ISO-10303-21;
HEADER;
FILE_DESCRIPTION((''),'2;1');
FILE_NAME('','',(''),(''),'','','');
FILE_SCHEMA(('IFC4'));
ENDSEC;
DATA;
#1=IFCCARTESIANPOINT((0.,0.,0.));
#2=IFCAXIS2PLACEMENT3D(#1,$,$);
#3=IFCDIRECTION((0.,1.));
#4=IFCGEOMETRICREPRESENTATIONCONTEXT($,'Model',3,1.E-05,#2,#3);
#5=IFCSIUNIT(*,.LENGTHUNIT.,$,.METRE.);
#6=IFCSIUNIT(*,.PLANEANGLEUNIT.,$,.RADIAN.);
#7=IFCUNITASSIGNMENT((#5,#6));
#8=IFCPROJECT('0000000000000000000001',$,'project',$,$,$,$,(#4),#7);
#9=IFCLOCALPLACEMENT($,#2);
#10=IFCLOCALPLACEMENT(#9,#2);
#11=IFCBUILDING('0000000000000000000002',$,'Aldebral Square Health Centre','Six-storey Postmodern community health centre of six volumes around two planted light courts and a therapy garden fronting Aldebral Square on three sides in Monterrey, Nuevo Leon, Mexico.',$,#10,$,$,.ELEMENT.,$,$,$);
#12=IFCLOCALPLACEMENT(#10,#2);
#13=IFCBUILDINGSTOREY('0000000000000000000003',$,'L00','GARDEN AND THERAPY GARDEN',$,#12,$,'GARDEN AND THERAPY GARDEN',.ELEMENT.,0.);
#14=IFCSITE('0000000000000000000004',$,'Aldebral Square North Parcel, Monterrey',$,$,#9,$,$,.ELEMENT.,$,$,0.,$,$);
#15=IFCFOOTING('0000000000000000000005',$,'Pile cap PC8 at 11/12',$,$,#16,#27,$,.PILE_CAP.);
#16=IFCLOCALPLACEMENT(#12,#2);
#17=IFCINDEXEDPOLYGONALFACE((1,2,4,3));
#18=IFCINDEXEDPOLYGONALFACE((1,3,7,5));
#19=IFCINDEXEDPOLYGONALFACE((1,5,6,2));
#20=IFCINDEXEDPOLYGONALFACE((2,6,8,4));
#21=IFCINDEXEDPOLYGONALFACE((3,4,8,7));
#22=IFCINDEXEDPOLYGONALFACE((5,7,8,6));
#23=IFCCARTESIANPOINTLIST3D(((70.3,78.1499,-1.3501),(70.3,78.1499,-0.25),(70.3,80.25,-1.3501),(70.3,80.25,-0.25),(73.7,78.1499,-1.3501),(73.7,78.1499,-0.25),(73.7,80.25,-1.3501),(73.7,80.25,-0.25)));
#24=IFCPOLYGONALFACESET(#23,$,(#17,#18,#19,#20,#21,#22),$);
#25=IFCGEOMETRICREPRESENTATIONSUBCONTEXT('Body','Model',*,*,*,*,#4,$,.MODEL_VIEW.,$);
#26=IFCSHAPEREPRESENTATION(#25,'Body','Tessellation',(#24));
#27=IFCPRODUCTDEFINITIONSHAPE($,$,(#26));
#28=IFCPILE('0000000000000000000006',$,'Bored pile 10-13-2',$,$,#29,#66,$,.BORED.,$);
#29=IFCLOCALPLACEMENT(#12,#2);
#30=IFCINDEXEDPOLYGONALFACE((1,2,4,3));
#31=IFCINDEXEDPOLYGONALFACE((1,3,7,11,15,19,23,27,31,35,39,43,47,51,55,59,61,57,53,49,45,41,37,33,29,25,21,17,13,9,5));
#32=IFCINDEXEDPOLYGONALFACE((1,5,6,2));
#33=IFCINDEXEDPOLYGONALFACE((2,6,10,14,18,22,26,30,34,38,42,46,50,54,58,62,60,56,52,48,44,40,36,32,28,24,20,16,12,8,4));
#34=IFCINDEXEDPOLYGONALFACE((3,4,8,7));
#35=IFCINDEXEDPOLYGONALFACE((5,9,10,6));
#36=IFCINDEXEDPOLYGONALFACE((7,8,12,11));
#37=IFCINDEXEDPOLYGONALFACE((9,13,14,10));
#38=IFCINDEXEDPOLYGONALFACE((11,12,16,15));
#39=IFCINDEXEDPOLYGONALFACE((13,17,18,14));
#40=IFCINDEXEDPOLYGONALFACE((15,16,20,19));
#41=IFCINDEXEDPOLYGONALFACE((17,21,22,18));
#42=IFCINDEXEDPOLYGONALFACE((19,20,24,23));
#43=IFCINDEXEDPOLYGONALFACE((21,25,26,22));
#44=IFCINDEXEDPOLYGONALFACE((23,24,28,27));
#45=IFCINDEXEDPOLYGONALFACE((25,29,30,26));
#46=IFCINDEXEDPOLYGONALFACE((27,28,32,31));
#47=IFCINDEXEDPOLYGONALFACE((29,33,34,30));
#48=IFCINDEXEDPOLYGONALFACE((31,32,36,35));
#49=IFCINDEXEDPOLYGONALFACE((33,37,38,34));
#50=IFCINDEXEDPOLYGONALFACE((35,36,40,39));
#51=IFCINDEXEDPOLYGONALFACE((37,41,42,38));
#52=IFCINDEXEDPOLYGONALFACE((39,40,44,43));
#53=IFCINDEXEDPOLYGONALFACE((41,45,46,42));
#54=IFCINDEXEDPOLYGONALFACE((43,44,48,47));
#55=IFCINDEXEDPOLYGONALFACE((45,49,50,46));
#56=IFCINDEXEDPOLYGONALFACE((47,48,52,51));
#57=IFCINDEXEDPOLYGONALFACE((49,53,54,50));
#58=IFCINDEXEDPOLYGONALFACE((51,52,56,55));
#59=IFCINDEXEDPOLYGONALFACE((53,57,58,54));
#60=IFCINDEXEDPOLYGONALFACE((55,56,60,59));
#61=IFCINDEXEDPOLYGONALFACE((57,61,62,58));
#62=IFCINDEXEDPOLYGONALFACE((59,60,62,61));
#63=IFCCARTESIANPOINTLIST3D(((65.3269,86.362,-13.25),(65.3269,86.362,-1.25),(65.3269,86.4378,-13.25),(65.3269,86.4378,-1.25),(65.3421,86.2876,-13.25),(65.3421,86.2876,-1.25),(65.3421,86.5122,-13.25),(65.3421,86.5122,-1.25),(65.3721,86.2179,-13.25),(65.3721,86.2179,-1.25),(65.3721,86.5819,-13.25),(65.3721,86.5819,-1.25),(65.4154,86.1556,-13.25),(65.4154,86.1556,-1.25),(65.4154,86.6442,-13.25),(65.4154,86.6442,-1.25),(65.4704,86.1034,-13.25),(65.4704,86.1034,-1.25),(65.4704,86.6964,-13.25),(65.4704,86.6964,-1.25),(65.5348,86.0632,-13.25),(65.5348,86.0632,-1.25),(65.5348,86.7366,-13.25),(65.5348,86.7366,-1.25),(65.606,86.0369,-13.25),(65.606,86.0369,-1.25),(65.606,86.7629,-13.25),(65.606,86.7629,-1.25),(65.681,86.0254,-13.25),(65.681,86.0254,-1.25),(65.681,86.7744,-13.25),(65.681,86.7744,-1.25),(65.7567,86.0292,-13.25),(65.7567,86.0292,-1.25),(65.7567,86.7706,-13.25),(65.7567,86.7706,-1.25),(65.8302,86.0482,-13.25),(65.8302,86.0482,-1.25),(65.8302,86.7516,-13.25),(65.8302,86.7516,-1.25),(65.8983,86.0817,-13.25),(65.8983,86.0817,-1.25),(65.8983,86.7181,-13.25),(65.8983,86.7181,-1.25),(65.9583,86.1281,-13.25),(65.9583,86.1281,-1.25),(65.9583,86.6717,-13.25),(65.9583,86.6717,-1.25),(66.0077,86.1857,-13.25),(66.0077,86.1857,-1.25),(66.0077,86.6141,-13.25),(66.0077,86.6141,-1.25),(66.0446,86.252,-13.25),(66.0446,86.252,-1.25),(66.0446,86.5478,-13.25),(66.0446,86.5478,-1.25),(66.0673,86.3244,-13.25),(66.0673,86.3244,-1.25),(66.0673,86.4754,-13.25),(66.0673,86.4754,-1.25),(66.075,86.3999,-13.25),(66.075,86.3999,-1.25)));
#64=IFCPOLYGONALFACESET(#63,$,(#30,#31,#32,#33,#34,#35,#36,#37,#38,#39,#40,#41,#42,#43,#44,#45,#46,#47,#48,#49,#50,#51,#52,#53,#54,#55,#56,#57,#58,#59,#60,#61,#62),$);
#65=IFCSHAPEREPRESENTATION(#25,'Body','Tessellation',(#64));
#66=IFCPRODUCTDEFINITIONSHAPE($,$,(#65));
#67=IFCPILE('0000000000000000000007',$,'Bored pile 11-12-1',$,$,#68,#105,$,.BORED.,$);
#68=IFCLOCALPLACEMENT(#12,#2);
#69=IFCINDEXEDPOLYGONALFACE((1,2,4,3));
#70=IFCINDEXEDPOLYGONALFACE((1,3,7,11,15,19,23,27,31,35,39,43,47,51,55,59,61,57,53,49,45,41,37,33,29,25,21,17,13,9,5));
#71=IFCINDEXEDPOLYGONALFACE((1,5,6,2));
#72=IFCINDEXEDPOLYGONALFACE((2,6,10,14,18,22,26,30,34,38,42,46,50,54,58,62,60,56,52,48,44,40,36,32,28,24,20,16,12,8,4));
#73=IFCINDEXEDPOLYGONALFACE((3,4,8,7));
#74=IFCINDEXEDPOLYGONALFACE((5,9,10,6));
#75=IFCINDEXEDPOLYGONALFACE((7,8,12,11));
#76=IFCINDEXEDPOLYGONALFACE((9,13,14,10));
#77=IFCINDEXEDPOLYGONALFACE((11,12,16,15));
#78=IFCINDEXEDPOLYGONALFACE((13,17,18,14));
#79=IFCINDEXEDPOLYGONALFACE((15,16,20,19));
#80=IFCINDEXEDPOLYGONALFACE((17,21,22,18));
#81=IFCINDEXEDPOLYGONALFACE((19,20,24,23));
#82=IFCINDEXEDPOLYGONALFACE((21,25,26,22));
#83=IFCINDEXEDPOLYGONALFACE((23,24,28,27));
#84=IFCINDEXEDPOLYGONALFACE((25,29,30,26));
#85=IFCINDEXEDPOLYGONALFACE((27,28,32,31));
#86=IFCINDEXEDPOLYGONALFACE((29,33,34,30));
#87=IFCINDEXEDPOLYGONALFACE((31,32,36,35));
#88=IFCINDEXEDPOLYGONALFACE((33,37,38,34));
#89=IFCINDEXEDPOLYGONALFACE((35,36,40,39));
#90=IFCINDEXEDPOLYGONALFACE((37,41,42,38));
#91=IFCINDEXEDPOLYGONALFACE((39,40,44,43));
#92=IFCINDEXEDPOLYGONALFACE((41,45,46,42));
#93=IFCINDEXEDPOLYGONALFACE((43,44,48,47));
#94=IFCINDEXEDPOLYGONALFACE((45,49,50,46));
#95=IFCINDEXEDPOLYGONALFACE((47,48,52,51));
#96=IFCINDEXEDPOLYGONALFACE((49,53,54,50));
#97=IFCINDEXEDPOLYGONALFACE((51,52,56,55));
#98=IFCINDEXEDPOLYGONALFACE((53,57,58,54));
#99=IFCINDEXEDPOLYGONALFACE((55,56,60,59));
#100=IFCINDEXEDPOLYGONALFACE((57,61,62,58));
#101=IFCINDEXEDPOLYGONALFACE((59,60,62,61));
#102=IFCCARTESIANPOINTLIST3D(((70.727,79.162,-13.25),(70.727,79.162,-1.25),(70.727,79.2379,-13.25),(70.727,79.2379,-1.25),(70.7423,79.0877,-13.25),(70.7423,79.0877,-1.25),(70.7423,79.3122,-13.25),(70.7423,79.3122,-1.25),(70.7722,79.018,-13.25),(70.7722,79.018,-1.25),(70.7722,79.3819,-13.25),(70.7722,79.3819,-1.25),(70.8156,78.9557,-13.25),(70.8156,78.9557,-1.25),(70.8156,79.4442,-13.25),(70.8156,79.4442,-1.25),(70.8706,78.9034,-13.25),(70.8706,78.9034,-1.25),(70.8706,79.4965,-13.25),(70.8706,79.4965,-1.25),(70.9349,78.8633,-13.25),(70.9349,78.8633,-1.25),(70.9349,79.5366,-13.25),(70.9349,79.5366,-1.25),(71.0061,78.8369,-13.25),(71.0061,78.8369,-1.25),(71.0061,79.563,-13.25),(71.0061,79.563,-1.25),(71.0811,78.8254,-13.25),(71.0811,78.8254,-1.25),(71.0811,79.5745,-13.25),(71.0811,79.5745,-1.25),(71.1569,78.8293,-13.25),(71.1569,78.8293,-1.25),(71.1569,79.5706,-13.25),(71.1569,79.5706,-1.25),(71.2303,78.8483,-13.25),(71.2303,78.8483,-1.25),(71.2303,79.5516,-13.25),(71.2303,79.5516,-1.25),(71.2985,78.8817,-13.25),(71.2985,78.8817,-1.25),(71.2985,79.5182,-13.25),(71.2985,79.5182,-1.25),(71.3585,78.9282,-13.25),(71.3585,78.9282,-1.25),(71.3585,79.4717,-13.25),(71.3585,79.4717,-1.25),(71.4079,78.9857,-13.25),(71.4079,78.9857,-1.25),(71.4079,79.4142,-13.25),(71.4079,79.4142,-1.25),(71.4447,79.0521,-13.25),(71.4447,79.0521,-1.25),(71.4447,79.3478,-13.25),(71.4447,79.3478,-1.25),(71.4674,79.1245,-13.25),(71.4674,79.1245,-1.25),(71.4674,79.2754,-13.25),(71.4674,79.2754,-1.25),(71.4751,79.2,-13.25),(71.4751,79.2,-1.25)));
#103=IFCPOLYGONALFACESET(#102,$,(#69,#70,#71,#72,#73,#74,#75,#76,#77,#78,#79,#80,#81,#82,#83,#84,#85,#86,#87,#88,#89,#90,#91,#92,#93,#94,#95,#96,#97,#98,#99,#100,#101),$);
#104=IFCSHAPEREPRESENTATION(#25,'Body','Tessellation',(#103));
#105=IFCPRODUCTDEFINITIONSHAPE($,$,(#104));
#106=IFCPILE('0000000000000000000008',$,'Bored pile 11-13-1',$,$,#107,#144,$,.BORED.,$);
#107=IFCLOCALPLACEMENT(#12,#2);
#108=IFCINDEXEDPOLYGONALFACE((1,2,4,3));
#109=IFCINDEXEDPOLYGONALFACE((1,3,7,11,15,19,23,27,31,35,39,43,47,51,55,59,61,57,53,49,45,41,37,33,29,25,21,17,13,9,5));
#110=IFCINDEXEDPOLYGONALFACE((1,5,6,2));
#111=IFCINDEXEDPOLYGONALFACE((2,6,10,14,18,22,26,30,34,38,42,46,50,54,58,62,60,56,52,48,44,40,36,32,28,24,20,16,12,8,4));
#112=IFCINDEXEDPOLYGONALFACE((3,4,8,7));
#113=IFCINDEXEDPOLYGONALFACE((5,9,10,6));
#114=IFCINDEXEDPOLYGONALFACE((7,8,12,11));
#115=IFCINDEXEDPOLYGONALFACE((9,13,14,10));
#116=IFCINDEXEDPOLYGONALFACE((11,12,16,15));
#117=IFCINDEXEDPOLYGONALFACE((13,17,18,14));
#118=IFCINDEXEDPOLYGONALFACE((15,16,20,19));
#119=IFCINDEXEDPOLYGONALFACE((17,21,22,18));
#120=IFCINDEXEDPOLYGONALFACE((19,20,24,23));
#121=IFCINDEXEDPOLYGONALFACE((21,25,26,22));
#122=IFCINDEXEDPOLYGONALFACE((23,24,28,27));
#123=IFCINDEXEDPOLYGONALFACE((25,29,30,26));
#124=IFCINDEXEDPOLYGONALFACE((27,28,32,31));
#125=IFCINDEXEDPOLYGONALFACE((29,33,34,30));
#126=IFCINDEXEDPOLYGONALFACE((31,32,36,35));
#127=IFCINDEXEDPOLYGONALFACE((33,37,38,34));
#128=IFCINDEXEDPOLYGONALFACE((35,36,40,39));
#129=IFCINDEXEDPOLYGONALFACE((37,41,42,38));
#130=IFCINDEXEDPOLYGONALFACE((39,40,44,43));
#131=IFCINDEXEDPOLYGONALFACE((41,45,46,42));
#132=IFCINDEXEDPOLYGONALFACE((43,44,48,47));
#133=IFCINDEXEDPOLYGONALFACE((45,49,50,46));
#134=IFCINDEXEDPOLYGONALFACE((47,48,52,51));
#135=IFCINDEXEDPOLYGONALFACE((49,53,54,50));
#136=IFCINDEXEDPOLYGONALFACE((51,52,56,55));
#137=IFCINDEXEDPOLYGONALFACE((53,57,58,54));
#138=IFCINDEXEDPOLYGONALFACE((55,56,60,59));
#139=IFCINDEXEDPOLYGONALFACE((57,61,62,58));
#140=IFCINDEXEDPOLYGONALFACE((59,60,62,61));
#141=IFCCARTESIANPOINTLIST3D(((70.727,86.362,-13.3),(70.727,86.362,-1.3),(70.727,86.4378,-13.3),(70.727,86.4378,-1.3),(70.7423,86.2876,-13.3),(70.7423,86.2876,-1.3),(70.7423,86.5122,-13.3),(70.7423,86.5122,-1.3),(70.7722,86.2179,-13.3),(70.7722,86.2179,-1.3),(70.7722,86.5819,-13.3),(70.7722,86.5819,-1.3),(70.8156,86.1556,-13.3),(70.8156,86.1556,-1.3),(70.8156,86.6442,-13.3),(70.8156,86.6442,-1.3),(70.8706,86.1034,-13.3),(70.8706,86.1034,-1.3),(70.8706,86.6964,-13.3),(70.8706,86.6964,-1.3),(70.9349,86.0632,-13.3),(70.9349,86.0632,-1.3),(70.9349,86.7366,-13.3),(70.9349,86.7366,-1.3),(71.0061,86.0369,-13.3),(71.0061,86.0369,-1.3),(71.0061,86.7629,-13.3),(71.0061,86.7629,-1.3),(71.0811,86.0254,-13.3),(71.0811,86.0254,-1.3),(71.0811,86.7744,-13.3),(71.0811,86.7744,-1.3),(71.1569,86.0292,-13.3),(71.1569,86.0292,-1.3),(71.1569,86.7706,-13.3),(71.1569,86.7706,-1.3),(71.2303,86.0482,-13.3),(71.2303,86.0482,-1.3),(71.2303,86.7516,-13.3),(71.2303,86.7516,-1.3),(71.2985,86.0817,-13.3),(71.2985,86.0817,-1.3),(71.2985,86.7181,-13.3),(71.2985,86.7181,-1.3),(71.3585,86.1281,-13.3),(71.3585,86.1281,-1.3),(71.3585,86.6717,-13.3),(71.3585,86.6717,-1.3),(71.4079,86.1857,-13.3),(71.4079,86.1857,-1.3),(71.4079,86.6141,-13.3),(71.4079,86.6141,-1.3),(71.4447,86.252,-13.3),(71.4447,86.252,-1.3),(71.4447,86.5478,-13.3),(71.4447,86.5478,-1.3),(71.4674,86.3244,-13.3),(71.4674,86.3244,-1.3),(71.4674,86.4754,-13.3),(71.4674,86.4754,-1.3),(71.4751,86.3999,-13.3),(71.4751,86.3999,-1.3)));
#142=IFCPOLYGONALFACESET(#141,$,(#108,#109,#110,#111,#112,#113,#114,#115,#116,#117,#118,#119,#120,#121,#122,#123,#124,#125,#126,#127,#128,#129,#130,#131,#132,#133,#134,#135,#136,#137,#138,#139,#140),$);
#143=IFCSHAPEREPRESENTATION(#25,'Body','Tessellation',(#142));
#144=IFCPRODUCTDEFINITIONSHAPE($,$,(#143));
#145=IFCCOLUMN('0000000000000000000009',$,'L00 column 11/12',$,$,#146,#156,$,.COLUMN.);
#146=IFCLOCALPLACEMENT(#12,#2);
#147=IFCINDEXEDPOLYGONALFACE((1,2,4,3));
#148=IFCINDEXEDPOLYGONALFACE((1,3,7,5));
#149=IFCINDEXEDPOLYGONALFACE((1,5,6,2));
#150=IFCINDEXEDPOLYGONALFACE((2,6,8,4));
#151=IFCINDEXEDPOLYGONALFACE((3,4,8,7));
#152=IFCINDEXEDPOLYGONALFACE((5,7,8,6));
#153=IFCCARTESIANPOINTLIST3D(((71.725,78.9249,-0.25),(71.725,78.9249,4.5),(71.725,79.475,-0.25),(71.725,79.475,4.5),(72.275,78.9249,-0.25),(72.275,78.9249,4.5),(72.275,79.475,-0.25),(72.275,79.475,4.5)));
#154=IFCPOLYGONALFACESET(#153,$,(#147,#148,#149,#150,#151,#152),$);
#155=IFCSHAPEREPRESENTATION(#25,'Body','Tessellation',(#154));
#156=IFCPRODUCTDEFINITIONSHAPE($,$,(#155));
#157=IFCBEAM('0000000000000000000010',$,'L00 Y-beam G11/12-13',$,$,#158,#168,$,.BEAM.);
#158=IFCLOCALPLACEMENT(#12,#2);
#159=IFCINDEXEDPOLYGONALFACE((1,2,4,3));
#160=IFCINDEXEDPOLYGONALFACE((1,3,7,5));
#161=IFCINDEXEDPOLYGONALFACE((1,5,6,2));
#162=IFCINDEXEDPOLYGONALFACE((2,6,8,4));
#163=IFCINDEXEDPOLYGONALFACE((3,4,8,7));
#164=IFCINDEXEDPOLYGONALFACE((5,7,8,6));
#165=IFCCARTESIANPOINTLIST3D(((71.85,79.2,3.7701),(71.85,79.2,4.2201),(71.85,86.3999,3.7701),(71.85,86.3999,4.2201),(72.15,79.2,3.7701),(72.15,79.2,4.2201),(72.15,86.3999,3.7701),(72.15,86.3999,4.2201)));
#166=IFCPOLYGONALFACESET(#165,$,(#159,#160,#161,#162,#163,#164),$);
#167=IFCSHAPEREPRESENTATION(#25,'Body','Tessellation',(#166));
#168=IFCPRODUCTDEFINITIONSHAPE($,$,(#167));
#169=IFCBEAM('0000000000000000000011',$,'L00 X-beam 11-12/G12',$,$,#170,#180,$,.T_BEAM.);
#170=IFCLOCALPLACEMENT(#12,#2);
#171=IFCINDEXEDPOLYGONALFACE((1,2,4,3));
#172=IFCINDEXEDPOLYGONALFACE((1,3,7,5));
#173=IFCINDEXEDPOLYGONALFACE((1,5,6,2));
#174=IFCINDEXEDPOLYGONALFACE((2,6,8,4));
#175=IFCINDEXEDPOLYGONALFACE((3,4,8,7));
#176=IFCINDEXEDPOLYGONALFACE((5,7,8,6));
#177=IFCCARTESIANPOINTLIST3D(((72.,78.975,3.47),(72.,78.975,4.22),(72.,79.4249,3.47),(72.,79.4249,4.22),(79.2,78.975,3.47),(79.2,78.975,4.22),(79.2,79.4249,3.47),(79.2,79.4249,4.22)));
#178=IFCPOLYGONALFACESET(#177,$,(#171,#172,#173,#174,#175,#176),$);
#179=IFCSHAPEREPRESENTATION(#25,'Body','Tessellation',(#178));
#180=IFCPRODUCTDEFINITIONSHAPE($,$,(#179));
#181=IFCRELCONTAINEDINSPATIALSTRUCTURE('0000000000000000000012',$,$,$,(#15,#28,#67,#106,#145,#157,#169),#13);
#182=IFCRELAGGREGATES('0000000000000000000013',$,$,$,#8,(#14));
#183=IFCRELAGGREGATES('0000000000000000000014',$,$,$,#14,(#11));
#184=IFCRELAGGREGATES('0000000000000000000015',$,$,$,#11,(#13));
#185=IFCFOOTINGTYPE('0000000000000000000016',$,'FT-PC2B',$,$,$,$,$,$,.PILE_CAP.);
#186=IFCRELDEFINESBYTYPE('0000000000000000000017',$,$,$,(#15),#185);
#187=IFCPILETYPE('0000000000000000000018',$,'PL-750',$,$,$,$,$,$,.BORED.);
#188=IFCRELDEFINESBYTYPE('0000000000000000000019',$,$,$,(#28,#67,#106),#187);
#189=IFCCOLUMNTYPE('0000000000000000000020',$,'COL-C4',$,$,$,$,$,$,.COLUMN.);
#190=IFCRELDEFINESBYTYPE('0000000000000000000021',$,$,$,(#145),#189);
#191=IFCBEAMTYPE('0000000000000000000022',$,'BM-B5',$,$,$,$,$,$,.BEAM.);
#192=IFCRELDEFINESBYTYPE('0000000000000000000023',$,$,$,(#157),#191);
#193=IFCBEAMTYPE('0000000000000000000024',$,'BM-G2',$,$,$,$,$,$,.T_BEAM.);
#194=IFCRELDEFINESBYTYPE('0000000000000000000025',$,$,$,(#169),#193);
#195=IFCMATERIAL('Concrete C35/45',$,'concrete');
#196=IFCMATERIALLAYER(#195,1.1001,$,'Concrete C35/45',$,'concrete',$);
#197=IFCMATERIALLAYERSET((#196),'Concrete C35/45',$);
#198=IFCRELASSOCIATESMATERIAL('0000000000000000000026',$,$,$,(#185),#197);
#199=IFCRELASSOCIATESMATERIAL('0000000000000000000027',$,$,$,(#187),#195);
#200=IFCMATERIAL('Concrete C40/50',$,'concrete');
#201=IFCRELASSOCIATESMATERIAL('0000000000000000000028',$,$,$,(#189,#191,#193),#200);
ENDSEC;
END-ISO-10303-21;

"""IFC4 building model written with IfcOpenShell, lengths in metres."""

from ifc_helpers import new_model, si_unit, direction, frame, origin, origin_2d, place, context, subcontext, project, spatial, rectangle, circle, extrude, material, layer, layer_set, material_profile, profile_set, type_object, element, save


model = new_model("IFC4")

# Units and contexts
model_context = context("Model", 3, precision=1e-05, world=origin(), true_north=direction((0.0, 1.0)))
body_context = subcontext(model_context, "Body", "Model", "MODEL_VIEW")
ifc_project = project(units=[si_unit("LENGTHUNIT", "METRE"), si_unit("PLANEANGLEUNIT", "RADIAN")], contexts=[model_context])

# Site, building, storey
site_placement = place(None, origin())
site = spatial("IfcSite", under=ifc_project, at=site_placement, Name="Aldebral Square North Parcel, Monterrey", CompositionType="ELEMENT", RefElevation=0.0)
building_placement = place(site_placement, origin())
building = spatial("IfcBuilding", under=site, at=building_placement, Name="Aldebral Square Health Centre", Description="Six-storey Postmodern community health centre of six volumes around two planted light courts and a therapy garden fronting Aldebral Square on three sides in Monterrey, Nuevo Leon, Mexico.", CompositionType="ELEMENT")
storey_placement = place(building_placement, origin())
storey = spatial("IfcBuildingStorey", under=building, at=storey_placement, Name="L00", Description="GARDEN AND THERAPY GARDEN", LongName="GARDEN AND THERAPY GARDEN", CompositionType="ELEMENT", Elevation=0.0)

# Footing
ifc_material_1 = material(Name="Concrete C35/45", Category="concrete")
ifc_layer_1 = layer(ifc_material_1, 1.1001, Name="Concrete C35/45", Category="concrete")
ifc_layer_set_1 = layer_set([ifc_layer_1], Name="Concrete C35/45")
footing_type = type_object("IfcFootingType", Name="FT-PC2B", PredefinedType="PILE_CAP", material=ifc_layer_set_1)
footing_placement = place(storey_placement, frame((72.0, 79.2, -1.3501), z_axis=(0.0, 0.0, 1.0), x_axis=(1.0, 0.0, 0.0)))
element("IfcFooting", 1, at=footing_placement, inside=storey, type_object=footing_type, Name="Pile cap PC8 at 11/12", PredefinedType="PILE_CAP", context=body_context, shape_type="SweptSolid", body=[
    extrude(rectangle(XDim=3.3999, YDim=2.1001, at=origin_2d()), origin(), (0.0, 0.0, 1.0), 1.1001),
])

# Piles
ifc_material_profile_1 = material_profile(ifc_material_1, circle(Radius=0.375, at=origin_2d()), Name="PILE D750")
ifc_profile_set_1 = profile_set([ifc_material_profile_1], Name="Concrete C35/45")
pile_type = type_object("IfcPileType", Name="PL-750", PredefinedType="BORED", material=ifc_profile_set_1)
for number, where, z_axis, x_axis, name in (
    (2, (65.7, 86.3999, -1.25), (0.0, 0.0, -1.0), (1.0, 0.0, 0.0), "Bored pile 10-13-2"),
    (3, (71.1001, 79.2, -1.25), (0.0, 0.0, -1.0), (1.0, 0.0, 0.0), "Bored pile 11-12-1"),
    (4, (71.1001, 86.3999, -1.3), (0.0, 0.0, -1.0), (1.0, 0.0, 0.0), "Bored pile 11-13-1"),
):
    element("IfcPile", number, at=place(storey_placement, frame(where, z_axis=z_axis, x_axis=x_axis)), inside=storey, type_object=pile_type, Name=name, PredefinedType="BORED", context=body_context, shape_type="SweptSolid", body=[
        extrude(circle(Radius=0.375, at=origin_2d()), origin(), (0.0, 0.0, 1.0), 12.0),
    ])

# Column
ifc_material_2 = material(Name="Concrete C40/50", Category="concrete")
ifc_material_profile_2 = material_profile(ifc_material_2, rectangle(XDim=0.55, YDim=0.55, at=origin_2d()), Name="RC 550x550")
ifc_profile_set_2 = profile_set([ifc_material_profile_2], Name="Concrete C40/50")
column_type = type_object("IfcColumnType", Name="COL-C4", PredefinedType="COLUMN", material=ifc_profile_set_2)
column_placement = place(storey_placement, frame((72.0, 79.2, -0.25), z_axis=(0.0, 0.0, 1.0), x_axis=(1.0, 0.0, 0.0)))
element("IfcColumn", 5, at=column_placement, inside=storey, type_object=column_type, Name="L00 column 11/12", PredefinedType="COLUMN", context=body_context, shape_type="SweptSolid", body=[
    extrude(rectangle(XDim=0.55, YDim=0.55, at=origin_2d()), origin(), (0.0, 0.0, 1.0), 4.75),
])

# Beams
ifc_material_profile_3 = material_profile(ifc_material_2, rectangle(XDim=0.3, YDim=0.45, at=origin_2d()), Name="RC 300x450")
ifc_profile_set_3 = profile_set([ifc_material_profile_3], Name="Concrete C40/50")
beam_type_1 = type_object("IfcBeamType", Name="BM-B5", PredefinedType="BEAM", material=ifc_profile_set_3)
beam_1_placement = place(storey_placement, frame((72.0, 79.2, 3.9951), z_axis=(0.0, 1.0, 0.0), x_axis=(-1.0, 0.0, 0.0)))
element("IfcBeam", 6, at=beam_1_placement, inside=storey, type_object=beam_type_1, Name="L00 Y-beam G11/12-13", PredefinedType="BEAM", context=body_context, shape_type="SweptSolid", body=[
    extrude(rectangle(XDim=0.3, YDim=0.45, at=origin_2d()), origin(), (0.0, 0.0, 1.0), 7.2),
])
ifc_material_profile_4 = material_profile(ifc_material_2, rectangle(XDim=0.45, YDim=0.75, at=origin_2d()), Name="RC 450x750")
ifc_profile_set_4 = profile_set([ifc_material_profile_4], Name="Concrete C40/50")
beam_type_2 = type_object("IfcBeamType", Name="BM-G2", PredefinedType="T_BEAM", material=ifc_profile_set_4)
beam_2_placement = place(storey_placement, frame((72.0, 79.2, 3.845), z_axis=(1.0, 0.0, 0.0), x_axis=(0.0, 1.0, 0.0)))
element("IfcBeam", 7, at=beam_2_placement, inside=storey, type_object=beam_type_2, Name="L00 X-beam 11-12/G12", PredefinedType="T_BEAM", context=body_context, shape_type="SweptSolid", body=[
    extrude(rectangle(XDim=0.45, YDim=0.75, at=origin_2d()), origin(), (0.0, 0.0, 1.0), 7.2),
])

save(model, "model.ifc")
